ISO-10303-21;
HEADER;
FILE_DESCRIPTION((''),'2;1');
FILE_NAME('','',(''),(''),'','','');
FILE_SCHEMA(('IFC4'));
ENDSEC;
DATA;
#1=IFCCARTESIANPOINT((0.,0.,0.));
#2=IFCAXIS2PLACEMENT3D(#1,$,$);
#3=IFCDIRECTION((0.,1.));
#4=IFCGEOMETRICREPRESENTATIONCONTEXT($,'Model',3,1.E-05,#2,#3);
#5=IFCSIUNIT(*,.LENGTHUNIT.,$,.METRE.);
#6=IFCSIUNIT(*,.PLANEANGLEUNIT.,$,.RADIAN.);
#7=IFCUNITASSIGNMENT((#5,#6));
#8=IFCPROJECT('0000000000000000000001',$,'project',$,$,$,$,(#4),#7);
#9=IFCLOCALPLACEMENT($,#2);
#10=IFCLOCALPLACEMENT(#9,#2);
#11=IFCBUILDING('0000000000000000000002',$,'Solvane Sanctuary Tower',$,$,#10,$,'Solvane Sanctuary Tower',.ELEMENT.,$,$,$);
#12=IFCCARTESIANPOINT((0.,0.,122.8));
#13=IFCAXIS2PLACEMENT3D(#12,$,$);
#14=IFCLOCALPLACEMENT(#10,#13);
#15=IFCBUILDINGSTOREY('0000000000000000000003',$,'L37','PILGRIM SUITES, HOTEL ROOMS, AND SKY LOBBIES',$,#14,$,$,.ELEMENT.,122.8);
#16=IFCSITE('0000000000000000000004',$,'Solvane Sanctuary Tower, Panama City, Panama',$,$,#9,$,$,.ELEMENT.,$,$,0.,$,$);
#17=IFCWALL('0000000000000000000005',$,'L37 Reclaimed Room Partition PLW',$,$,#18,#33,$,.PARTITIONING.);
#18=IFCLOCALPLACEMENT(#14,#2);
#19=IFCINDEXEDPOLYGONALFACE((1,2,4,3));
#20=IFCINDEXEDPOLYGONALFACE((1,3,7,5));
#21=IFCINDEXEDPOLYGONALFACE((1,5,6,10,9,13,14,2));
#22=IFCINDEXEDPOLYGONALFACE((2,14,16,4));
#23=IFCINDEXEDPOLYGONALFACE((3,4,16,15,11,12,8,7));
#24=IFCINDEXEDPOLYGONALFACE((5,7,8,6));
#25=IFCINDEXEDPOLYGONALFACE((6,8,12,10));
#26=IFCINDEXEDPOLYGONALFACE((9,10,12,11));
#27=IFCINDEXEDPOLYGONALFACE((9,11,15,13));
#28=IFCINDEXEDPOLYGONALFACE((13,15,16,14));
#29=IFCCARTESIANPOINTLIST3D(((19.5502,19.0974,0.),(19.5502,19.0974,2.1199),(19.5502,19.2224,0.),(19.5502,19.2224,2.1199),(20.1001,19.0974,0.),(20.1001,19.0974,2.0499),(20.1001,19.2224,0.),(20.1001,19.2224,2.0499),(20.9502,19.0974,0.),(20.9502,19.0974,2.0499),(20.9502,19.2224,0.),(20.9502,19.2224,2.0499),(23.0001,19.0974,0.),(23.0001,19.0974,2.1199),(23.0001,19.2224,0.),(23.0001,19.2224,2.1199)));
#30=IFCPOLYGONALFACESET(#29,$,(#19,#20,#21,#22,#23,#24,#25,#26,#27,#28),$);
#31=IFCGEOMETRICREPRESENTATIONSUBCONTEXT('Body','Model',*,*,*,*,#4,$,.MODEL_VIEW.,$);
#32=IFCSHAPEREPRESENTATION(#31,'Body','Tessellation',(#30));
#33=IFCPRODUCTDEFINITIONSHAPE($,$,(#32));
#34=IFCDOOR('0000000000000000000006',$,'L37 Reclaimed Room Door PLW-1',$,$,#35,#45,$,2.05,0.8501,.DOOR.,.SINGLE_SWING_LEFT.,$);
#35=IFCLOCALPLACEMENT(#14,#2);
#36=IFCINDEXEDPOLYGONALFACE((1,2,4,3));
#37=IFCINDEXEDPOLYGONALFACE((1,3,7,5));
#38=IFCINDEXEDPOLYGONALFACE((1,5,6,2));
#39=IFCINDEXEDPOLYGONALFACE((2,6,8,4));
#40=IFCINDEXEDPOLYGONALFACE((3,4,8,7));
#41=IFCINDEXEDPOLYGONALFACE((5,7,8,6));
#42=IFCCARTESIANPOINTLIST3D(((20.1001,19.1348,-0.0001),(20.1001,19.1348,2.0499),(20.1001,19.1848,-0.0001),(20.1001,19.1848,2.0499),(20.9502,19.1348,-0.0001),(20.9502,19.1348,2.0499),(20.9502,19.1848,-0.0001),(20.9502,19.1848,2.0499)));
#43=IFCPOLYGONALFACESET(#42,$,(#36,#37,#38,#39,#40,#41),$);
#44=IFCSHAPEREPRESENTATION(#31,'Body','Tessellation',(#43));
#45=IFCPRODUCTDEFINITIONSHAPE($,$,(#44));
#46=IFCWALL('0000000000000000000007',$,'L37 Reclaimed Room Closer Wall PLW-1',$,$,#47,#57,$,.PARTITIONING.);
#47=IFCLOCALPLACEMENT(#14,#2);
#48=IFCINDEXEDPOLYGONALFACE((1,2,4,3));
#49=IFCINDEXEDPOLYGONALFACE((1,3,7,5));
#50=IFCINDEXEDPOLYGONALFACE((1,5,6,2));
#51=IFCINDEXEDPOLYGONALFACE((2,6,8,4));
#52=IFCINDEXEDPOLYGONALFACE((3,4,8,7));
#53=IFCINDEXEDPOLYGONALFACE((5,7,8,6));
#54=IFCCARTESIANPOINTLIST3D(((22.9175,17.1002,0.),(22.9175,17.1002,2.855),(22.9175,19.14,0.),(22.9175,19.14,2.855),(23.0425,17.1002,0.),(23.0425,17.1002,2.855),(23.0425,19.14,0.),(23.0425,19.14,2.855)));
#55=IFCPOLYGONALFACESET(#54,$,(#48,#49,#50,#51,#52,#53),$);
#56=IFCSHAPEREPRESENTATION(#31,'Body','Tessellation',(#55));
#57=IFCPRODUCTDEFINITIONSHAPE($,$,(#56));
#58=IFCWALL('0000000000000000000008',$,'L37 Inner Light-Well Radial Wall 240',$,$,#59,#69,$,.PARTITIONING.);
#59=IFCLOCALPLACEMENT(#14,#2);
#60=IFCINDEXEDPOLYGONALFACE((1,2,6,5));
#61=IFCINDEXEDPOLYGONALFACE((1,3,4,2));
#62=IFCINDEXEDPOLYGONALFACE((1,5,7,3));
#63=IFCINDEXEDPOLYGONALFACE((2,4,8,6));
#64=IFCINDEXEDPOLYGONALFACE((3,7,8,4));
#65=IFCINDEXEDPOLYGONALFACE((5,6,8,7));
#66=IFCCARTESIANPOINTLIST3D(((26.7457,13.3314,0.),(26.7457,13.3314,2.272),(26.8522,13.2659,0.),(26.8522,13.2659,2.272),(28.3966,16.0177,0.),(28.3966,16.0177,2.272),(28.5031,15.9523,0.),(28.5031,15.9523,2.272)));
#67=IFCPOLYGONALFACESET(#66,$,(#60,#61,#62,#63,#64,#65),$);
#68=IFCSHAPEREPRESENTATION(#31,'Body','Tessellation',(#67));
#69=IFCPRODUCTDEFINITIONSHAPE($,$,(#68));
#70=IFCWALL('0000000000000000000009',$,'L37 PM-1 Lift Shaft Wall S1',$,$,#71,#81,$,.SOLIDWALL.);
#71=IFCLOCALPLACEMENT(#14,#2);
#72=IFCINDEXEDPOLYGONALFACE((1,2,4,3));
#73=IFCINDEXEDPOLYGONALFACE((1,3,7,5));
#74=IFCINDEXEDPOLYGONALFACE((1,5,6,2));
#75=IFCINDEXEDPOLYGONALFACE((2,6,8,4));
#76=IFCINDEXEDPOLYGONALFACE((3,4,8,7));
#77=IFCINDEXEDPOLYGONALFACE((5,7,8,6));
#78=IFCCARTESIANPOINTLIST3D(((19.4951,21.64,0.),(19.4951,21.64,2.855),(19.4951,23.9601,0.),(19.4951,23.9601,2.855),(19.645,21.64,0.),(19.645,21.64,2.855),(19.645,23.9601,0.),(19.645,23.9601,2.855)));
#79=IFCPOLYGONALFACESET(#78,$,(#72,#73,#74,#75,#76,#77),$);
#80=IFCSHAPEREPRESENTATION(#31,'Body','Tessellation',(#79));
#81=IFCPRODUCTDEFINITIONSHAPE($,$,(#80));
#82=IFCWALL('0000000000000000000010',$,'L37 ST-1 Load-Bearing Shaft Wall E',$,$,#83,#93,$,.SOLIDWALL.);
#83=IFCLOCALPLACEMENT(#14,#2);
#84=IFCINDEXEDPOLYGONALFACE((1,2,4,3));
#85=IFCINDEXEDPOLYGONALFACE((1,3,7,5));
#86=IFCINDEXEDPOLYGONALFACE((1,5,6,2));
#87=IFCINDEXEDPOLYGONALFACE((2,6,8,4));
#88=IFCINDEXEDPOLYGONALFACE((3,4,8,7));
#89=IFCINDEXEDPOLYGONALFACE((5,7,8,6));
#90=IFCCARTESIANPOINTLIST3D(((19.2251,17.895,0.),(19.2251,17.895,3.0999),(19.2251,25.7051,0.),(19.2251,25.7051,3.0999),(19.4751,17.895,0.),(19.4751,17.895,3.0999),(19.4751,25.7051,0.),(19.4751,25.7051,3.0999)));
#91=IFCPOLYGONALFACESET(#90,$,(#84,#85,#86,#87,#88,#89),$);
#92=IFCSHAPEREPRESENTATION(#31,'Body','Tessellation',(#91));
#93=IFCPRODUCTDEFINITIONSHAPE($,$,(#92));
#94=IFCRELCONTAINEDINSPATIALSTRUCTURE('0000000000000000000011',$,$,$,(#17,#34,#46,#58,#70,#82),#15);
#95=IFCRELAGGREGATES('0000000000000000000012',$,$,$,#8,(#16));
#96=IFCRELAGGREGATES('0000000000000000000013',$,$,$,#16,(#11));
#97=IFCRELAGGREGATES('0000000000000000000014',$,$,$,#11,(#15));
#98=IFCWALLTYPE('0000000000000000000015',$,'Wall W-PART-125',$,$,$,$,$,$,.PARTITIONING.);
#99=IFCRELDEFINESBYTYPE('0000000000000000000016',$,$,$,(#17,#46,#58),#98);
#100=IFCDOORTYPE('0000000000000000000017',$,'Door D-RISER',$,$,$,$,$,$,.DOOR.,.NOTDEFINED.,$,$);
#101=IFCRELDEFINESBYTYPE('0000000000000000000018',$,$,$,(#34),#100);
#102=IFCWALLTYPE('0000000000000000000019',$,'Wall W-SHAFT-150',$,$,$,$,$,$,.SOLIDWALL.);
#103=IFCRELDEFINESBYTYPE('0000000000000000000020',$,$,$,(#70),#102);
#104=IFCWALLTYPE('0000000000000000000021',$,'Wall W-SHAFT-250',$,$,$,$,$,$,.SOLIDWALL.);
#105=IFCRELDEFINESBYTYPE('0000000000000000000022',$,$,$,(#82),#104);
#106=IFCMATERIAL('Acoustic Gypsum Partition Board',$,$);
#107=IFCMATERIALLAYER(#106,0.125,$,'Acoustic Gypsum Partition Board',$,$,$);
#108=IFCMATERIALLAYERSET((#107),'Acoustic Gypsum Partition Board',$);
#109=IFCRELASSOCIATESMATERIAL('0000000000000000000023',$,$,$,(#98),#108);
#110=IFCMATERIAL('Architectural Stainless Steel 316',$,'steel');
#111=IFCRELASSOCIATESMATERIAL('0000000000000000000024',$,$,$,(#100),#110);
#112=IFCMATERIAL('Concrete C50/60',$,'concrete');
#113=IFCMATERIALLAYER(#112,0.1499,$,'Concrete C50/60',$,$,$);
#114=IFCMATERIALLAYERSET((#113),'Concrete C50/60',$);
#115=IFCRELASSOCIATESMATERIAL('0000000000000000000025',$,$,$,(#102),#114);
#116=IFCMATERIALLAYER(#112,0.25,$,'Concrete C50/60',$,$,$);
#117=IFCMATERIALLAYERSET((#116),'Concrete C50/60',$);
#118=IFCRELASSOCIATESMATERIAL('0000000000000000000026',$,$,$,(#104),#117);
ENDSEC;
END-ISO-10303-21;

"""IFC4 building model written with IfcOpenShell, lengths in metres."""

from ifc_helpers import new_model, si_unit, direction, frame, frame_2d, origin, place, context, subcontext, project, spatial, rectangle, extrude, material, layer, layer_set, type_object, element, fill, save


model = new_model("IFC4")

# Units and contexts
model_context = context("Model", 3, precision=1e-05, world=origin(), true_north=direction((0.0, 1.0)))
body_context = subcontext(model_context, "Body", "Model", "MODEL_VIEW")
ifc_project = project(units=[si_unit("LENGTHUNIT", "METRE"), si_unit("PLANEANGLEUNIT", "RADIAN")], contexts=[model_context])

# Site, building, storey
site_placement = place(None, origin())
site = spatial("IfcSite", under=ifc_project, at=site_placement, Name="Solvane Sanctuary Tower, Panama City, Panama", CompositionType="ELEMENT", RefElevation=0.0)
building_placement = place(site_placement, origin())
building = spatial("IfcBuilding", under=site, at=building_placement, Name="Solvane Sanctuary Tower", LongName="Solvane Sanctuary Tower", CompositionType="ELEMENT")
storey_placement = place(building_placement, frame((0.0, 0.0, 122.8)))
storey = spatial("IfcBuildingStorey", under=building, at=storey_placement, Name="L37", Description="PILGRIM SUITES, HOTEL ROOMS, AND SKY LOBBIES", CompositionType="ELEMENT", Elevation=122.8)

# Wall, opening, door
ifc_material_1 = material(Name="Acoustic Gypsum Partition Board")
ifc_layer_1 = layer(ifc_material_1, 0.125, Name="Acoustic Gypsum Partition Board")
ifc_layer_set_1 = layer_set([ifc_layer_1], Name="Acoustic Gypsum Partition Board")
wall_type_1 = type_object("IfcWallType", Name="Wall W-PART-125", PredefinedType="PARTITIONING", material=ifc_layer_set_1)
wall_1_placement = place(storey_placement, frame((19.55, 19.1599, 0.0), z_axis=(0.0, 0.0, 1.0), x_axis=(1.0, 0.0, 0.0)))
wall_1 = element("IfcWall", 1, at=wall_1_placement, inside=storey, type_object=wall_type_1, Name="L37 Reclaimed Room Partition PLW", PredefinedType="PARTITIONING", context=body_context, shape_type="SweptSolid", body=[
    extrude(rectangle(XDim=3.45, YDim=0.125, at=frame_2d((1.7251, 0.0))), origin(), (0.0, 0.0, 1.0), 2.1199),
])
opening_1_placement = place(wall_1_placement, frame((0.55, 0.0, 0.0)))
opening_1 = element("IfcOpeningElement", 2, at=opening_1_placement, cuts=wall_1, PredefinedType="OPENING", context=body_context, shape_type="SweptSolid", body=[
    extrude(rectangle(XDim=0.8501, YDim=2.05, at=frame_2d((0.425, 1.0249))), frame((0.0, 0.0725, 0.0), z_axis=(0.0, -1.0, 0.0), x_axis=(1.0, 0.0, 0.0)), (0.0, 0.0, 1.0), 0.145),
])
ifc_material_2 = material(Name="Architectural Stainless Steel 316", Category="steel")
door_type = type_object("IfcDoorType", Name="Door D-RISER", OperationType="NOTDEFINED", PredefinedType="DOOR", material=ifc_material_2)
door_placement = place(opening_1_placement, origin())
door = element("IfcDoor", 3, at=door_placement, inside=storey, type_object=door_type, Name="L37 Reclaimed Room Door PLW-1", OperationType="SINGLE_SWING_LEFT", OverallHeight=2.05, OverallWidth=0.8501, PredefinedType="DOOR", context=body_context, shape_type="SweptSolid", body=[
    extrude(rectangle(XDim=0.8501, YDim=2.05, at=frame_2d((0.425, 1.0249))), frame((0.0, 0.0249, 0.0), z_axis=(0.0, -1.0, 0.0), x_axis=(1.0, 0.0, 0.0)), (0.0, 0.0, 1.0), 0.05),
])
fill(opening_1, door)

# Walls
wall_2_placement = place(storey_placement, frame((22.98, 17.1001, 0.0), z_axis=(0.0, 0.0, 1.0), x_axis=(0.0, 1.0, 0.0)))
element("IfcWall", 4, at=wall_2_placement, inside=storey, type_object=wall_type_1, Name="L37 Reclaimed Room Closer Wall PLW-1", PredefinedType="PARTITIONING", context=body_context, shape_type="SweptSolid", body=[
    extrude(rectangle(XDim=2.0398, YDim=0.125, at=frame_2d((1.02, 0.0))), origin(), (0.0, 0.0, 1.0), 2.855),
])
wall_3_placement = place(storey_placement, frame((28.45, 15.9851, 0.0), z_axis=(0.0, 0.0, 1.0), x_axis=(-0.523588, -0.851972, 0.0)))
element("IfcWall", 5, at=wall_3_placement, inside=storey, type_object=wall_type_1, Name="L37 Inner Light-Well Radial Wall 240", PredefinedType="PARTITIONING", context=body_context, shape_type="SweptSolid", body=[
    extrude(rectangle(XDim=3.1531, YDim=0.125, at=frame_2d((1.5767, 0.0))), origin(), (0.0, 0.0, 1.0), 2.272),
])
ifc_material_3 = material(Name="Concrete C50/60", Category="concrete")
ifc_layer_2 = layer(ifc_material_3, 0.1499, Name="Concrete C50/60")
ifc_layer_set_2 = layer_set([ifc_layer_2], Name="Concrete C50/60")
wall_type_2 = type_object("IfcWallType", Name="Wall W-SHAFT-150", PredefinedType="SOLIDWALL", material=ifc_layer_set_2)
wall_4_placement = place(storey_placement, frame((19.5701, 21.6399, 0.0), z_axis=(0.0, 0.0, 1.0), x_axis=(0.0, 1.0, 0.0)))
element("IfcWall", 6, at=wall_4_placement, inside=storey, type_object=wall_type_2, Name="L37 PM-1 Lift Shaft Wall S1", PredefinedType="SOLIDWALL", context=body_context, shape_type="SweptSolid", body=[
    extrude(rectangle(XDim=2.3201, YDim=0.1499, at=frame_2d((1.1602, 0.0))), origin(), (0.0, 0.0, 1.0), 2.855),
])
ifc_layer_3 = layer(ifc_material_3, 0.25, Name="Concrete C50/60")
ifc_layer_set_3 = layer_set([ifc_layer_3], Name="Concrete C50/60")
wall_type_3 = type_object("IfcWallType", Name="Wall W-SHAFT-250", PredefinedType="SOLIDWALL", material=ifc_layer_set_3)
wall_5_placement = place(storey_placement, frame((19.3501, 17.895, 0.0), z_axis=(0.0, 0.0, 1.0), x_axis=(0.0, 1.0, 0.0)))
element("IfcWall", 7, at=wall_5_placement, inside=storey, type_object=wall_type_3, Name="L37 ST-1 Load-Bearing Shaft Wall E", PredefinedType="SOLIDWALL", context=body_context, shape_type="SweptSolid", body=[
    extrude(rectangle(XDim=7.8101, YDim=0.25, at=frame_2d((3.905, 0.0))), origin(), (0.0, 0.0, 1.0), 3.0999),
])

save(model, "model.ifc")
